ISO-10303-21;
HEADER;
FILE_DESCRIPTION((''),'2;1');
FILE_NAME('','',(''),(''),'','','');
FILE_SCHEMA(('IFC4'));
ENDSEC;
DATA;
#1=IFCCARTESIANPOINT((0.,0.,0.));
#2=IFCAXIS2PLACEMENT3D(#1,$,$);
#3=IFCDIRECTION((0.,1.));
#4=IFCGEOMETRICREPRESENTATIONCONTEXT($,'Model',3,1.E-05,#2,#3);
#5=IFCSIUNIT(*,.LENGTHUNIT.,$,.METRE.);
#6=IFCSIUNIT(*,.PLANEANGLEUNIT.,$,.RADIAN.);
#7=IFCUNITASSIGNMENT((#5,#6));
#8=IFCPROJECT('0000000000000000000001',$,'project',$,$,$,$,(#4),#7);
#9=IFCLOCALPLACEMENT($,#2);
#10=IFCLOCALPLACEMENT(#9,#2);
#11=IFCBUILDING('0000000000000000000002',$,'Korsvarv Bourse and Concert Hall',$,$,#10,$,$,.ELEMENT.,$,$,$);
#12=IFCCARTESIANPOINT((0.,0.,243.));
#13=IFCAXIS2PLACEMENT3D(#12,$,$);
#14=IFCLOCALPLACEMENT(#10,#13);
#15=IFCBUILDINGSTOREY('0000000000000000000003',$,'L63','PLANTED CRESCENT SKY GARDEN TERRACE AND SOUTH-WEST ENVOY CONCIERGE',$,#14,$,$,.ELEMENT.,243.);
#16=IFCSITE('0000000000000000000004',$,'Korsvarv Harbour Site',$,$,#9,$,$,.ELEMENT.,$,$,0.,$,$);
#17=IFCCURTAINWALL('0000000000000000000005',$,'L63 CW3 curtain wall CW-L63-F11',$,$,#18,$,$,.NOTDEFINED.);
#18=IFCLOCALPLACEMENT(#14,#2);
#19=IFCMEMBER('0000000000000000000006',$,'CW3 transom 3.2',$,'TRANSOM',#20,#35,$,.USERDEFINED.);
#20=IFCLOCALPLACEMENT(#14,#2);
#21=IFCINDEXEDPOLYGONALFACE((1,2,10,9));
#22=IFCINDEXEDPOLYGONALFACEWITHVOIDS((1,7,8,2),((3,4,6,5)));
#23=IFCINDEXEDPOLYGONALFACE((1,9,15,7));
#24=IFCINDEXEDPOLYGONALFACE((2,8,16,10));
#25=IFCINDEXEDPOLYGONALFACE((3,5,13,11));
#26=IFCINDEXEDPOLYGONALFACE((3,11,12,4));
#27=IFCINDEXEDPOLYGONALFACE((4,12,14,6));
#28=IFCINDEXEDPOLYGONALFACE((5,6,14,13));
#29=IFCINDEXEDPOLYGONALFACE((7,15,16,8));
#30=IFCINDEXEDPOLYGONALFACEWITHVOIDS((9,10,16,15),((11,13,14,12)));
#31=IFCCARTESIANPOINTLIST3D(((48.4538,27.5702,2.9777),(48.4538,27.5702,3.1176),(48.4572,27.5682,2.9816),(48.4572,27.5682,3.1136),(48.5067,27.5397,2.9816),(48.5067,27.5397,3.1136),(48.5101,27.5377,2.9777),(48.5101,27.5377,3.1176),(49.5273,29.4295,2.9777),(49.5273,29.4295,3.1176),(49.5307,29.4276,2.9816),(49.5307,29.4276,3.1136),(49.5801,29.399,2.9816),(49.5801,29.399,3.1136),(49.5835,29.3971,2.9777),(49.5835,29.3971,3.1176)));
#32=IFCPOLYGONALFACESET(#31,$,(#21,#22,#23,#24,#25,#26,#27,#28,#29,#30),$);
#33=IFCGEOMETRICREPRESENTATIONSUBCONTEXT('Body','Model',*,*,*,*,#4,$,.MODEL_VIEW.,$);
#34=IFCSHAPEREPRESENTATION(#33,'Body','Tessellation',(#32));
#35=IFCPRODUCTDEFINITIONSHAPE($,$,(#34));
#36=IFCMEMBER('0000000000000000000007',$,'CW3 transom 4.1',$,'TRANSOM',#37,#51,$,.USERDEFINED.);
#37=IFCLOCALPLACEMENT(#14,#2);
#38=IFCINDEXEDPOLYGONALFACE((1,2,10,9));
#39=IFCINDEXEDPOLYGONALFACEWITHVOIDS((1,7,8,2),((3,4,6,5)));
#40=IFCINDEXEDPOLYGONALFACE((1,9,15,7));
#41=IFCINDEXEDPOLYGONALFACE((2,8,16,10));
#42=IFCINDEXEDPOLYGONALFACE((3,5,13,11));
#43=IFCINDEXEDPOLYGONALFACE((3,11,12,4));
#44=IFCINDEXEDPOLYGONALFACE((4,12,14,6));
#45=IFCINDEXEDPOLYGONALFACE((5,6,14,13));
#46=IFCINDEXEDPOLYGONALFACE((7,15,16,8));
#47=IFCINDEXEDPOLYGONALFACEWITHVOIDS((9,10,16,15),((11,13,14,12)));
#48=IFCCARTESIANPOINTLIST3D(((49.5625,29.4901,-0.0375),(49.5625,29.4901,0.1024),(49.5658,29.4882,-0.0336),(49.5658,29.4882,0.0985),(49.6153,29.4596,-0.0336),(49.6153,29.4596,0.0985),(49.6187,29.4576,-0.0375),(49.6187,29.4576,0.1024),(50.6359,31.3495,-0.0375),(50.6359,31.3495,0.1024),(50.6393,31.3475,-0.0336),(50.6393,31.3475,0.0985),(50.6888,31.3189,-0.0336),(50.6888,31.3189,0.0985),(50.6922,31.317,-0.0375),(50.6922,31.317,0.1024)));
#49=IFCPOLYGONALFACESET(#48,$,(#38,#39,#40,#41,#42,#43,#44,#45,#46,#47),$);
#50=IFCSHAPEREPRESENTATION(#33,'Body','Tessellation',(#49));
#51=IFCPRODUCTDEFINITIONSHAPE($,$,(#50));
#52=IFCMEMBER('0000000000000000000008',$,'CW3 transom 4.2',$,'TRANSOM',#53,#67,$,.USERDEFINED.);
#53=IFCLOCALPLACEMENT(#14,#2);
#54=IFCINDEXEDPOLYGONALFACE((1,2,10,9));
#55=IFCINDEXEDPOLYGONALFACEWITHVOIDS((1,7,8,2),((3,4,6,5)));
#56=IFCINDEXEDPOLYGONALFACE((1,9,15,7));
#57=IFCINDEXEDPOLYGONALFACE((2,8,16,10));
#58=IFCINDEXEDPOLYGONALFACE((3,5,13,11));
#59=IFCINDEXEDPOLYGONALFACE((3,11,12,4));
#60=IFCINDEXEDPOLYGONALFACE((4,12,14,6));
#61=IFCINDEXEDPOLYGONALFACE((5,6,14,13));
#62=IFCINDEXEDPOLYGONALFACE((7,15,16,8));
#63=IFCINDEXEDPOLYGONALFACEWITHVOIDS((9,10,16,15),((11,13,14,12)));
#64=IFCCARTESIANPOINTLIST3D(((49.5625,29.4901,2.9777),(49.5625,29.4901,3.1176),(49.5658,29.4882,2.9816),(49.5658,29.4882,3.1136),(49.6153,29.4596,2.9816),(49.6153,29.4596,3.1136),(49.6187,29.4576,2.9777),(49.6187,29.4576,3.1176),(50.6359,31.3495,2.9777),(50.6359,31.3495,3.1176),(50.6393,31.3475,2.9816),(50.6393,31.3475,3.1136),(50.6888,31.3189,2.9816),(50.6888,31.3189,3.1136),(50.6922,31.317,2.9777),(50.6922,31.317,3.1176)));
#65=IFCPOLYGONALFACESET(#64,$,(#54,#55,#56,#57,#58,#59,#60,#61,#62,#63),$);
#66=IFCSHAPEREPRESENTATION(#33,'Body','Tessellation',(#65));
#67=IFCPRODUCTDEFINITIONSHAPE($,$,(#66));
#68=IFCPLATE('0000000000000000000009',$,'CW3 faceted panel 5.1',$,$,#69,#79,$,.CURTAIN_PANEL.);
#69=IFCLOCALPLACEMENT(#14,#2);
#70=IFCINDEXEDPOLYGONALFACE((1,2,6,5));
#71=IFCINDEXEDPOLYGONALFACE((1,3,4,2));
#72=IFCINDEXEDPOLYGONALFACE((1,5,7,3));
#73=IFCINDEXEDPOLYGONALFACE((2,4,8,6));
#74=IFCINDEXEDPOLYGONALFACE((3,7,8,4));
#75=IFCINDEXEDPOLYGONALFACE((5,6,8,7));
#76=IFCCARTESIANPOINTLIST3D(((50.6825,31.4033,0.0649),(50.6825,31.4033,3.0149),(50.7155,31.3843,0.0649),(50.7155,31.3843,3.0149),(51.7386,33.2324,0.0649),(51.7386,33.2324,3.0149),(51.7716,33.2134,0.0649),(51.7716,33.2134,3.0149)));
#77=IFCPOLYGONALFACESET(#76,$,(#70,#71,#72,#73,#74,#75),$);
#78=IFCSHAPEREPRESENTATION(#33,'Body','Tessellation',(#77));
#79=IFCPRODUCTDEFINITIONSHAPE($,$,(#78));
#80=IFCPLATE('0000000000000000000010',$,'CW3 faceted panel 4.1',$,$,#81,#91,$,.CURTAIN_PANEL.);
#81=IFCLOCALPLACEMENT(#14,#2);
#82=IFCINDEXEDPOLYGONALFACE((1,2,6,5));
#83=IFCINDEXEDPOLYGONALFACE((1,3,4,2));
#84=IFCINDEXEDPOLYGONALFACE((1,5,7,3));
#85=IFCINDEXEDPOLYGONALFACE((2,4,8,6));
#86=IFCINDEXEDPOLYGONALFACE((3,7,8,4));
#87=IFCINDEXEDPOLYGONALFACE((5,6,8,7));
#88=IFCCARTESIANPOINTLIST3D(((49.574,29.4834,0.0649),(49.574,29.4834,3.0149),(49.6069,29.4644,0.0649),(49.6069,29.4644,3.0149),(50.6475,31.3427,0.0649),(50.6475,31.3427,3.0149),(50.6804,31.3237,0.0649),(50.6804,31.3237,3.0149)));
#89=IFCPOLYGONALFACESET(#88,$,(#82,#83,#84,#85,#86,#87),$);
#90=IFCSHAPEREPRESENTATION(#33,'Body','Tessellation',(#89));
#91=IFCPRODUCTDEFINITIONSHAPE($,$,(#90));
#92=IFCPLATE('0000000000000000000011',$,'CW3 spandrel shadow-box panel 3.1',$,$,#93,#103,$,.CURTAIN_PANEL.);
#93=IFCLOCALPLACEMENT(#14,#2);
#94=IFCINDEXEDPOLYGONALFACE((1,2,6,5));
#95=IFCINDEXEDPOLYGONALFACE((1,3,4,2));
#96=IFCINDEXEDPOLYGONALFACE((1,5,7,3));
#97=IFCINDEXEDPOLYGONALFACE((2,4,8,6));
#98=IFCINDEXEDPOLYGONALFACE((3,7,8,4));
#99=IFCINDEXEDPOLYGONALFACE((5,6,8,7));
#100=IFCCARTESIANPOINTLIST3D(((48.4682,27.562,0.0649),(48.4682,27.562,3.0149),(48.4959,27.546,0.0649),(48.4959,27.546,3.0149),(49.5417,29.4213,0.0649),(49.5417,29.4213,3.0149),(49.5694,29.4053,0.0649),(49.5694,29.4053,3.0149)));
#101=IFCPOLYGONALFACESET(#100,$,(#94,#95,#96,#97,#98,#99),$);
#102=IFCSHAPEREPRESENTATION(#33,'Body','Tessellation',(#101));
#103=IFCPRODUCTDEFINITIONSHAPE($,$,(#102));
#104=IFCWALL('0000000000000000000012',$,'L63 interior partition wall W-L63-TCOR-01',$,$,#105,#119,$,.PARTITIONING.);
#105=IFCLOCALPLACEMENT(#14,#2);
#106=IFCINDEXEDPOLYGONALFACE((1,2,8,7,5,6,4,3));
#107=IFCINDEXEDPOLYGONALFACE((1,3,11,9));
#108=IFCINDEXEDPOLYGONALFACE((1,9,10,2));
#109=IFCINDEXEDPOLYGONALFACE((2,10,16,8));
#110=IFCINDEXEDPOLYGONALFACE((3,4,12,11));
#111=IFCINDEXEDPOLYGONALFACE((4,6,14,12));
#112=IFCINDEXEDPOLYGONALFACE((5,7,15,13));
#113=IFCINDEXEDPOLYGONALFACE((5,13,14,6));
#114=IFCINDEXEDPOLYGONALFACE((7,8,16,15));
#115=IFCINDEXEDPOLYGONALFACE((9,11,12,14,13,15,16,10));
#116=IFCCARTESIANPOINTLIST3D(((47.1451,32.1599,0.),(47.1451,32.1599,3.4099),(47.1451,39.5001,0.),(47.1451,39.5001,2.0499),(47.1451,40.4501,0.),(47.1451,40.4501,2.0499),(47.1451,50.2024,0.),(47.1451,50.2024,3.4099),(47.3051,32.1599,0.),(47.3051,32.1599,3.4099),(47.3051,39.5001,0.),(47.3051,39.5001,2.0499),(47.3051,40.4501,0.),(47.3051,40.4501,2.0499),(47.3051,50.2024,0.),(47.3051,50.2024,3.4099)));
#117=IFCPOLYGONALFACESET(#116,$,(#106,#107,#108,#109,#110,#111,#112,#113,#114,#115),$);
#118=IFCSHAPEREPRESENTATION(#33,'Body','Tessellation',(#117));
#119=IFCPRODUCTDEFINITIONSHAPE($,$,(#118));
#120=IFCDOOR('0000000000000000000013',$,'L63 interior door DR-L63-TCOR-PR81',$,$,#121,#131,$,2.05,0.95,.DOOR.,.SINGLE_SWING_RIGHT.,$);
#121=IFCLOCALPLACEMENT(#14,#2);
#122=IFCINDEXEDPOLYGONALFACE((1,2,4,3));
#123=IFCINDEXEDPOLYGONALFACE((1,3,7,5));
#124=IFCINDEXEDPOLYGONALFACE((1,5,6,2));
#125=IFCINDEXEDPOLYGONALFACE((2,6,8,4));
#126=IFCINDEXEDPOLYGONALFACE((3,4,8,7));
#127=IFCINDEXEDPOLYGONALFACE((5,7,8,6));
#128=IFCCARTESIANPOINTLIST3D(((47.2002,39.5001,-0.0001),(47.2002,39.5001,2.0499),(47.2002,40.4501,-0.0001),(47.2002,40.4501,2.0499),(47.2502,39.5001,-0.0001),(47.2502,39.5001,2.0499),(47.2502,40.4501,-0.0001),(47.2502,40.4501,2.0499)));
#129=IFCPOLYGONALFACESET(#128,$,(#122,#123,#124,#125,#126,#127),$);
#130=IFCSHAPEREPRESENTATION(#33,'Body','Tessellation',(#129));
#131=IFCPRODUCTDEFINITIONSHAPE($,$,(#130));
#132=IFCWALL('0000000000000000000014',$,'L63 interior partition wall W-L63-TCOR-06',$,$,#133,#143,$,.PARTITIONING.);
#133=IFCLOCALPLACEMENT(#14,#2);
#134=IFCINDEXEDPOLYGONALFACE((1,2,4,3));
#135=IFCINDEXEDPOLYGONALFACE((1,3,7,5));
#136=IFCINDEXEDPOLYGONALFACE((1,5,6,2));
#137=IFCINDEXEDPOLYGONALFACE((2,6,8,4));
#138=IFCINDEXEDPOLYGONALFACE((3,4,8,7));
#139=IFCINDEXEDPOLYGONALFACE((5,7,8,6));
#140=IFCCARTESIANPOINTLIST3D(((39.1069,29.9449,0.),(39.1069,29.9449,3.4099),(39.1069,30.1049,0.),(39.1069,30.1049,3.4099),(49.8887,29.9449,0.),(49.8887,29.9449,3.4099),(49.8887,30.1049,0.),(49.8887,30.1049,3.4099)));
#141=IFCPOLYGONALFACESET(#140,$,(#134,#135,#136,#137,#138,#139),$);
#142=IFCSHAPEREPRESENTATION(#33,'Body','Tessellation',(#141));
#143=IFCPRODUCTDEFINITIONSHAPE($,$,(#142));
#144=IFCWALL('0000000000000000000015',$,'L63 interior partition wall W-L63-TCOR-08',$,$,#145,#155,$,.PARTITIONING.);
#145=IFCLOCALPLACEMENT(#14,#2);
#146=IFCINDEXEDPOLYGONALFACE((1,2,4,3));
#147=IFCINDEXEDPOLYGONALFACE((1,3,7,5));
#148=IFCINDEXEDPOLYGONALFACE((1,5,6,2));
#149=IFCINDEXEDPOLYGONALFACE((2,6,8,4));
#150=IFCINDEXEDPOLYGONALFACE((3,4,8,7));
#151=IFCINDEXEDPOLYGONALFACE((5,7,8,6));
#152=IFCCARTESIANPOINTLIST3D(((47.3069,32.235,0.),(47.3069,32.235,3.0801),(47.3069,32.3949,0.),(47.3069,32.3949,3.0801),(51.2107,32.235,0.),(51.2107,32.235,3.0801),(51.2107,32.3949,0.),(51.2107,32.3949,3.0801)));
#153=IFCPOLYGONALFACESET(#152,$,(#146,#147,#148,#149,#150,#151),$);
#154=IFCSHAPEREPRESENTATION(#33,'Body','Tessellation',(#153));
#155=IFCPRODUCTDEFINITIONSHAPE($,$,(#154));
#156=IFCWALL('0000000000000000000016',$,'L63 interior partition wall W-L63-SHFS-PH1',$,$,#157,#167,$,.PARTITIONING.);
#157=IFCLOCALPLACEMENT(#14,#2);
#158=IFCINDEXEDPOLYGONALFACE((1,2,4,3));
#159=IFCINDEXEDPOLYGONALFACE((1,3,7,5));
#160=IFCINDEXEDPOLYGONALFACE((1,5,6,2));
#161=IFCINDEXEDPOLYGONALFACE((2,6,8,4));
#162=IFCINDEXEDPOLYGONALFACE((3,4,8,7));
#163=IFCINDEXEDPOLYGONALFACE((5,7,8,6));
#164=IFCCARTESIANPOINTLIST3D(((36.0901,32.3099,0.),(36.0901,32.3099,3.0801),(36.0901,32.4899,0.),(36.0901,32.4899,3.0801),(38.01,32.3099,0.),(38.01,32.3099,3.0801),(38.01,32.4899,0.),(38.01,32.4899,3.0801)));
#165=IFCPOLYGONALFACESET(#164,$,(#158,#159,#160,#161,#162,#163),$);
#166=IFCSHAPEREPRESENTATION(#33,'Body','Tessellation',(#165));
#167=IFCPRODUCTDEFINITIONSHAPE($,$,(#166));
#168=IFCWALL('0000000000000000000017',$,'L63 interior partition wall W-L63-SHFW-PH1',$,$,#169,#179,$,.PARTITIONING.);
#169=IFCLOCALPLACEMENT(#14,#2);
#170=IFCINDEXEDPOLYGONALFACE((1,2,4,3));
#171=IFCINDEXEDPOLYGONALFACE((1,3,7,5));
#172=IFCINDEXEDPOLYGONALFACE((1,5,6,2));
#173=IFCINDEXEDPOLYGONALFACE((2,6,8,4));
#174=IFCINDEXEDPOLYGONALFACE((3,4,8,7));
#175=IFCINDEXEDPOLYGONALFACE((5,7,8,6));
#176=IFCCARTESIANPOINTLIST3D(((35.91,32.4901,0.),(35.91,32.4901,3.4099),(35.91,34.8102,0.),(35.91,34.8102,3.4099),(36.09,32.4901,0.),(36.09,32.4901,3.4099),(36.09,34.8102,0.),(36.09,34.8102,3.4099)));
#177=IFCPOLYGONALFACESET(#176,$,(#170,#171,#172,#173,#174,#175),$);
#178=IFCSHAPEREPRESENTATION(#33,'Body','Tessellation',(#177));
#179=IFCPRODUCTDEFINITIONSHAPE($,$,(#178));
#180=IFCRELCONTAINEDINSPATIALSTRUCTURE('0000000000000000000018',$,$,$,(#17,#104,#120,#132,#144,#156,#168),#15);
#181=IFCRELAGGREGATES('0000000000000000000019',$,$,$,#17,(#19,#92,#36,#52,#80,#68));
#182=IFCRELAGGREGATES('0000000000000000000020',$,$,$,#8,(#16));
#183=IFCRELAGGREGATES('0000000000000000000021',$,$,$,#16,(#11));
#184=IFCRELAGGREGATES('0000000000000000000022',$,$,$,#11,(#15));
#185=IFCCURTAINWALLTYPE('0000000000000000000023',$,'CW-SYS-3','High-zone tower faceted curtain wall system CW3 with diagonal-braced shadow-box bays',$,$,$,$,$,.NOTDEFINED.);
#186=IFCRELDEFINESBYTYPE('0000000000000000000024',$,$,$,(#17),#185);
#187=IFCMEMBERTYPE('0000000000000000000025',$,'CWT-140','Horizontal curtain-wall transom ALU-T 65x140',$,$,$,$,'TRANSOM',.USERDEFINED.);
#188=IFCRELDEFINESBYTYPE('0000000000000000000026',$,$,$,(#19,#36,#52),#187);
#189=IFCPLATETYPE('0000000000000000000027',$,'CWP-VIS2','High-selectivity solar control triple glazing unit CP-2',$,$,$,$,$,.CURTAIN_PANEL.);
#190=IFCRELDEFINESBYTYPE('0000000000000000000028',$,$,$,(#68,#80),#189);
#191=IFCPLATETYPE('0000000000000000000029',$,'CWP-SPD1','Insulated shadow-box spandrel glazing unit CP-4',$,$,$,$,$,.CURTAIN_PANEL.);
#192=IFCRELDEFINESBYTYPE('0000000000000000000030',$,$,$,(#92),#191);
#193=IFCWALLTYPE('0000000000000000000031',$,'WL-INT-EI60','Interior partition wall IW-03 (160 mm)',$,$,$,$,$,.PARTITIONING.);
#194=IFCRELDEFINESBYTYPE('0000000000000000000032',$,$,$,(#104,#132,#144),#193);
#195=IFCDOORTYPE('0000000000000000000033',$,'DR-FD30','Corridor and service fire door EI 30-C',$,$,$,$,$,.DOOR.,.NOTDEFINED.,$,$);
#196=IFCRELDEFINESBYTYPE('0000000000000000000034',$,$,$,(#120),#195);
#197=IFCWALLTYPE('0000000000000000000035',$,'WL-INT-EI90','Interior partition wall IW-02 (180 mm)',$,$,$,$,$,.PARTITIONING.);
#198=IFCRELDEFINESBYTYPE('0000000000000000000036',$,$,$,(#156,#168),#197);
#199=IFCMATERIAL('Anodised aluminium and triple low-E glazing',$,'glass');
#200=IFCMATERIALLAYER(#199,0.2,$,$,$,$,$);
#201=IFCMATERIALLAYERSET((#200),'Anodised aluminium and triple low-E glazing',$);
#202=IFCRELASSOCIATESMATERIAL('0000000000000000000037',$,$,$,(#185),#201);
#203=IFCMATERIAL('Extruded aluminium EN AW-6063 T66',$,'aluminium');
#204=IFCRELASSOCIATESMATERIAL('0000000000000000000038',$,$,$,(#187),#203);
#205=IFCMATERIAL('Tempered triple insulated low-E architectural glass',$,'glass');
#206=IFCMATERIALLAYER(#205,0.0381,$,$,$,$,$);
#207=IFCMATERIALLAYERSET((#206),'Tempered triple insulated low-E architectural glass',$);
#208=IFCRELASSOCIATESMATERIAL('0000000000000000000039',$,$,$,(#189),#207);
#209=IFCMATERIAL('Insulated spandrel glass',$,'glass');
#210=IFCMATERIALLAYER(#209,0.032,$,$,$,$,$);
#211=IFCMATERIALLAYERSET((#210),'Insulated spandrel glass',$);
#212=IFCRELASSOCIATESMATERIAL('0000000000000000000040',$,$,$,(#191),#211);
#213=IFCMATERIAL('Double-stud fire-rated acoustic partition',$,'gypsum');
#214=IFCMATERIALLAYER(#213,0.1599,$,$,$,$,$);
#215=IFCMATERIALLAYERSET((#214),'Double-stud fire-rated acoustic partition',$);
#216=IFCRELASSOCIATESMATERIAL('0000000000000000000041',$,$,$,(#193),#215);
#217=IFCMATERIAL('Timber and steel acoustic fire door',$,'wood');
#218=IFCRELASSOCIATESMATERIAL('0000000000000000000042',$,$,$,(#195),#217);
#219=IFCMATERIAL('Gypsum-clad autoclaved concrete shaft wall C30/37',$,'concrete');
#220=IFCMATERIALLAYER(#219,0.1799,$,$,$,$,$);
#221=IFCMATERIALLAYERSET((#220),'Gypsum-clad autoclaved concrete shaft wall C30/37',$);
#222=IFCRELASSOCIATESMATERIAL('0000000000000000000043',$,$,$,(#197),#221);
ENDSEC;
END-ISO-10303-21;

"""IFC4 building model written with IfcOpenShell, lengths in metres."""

from ifc_helpers import new_model, si_unit, direction, frame, frame_2d, origin, origin_2d, place, context, subcontext, project, spatial, rectangle, hollow_rectangle, extrude, source, transform, mapped, material, layer, layer_set, material_profile, profile_set, type_object, element, fill, aggregate, save


model = new_model("IFC4")

# Units and contexts
model_context = context("Model", 3, precision=1e-05, world=origin(), true_north=direction((0.0, 1.0)))
body_context = subcontext(model_context, "Body", "Model", "MODEL_VIEW")
ifc_project = project(units=[si_unit("LENGTHUNIT", "METRE"), si_unit("PLANEANGLEUNIT", "RADIAN")], contexts=[model_context])

# Site, building, storey
site_placement = place(None, origin())
site = spatial("IfcSite", under=ifc_project, at=site_placement, Name="Korsvarv Harbour Site", CompositionType="ELEMENT", RefElevation=0.0)
building_placement = place(site_placement, origin())
building = spatial("IfcBuilding", under=site, at=building_placement, Name="Korsvarv Bourse and Concert Hall", CompositionType="ELEMENT")
storey_placement = place(building_placement, frame((0.0, 0.0, 243.0)))
storey = spatial("IfcBuildingStorey", under=building, at=storey_placement, Name="L63", Description="PLANTED CRESCENT SKY GARDEN TERRACE AND SOUTH-WEST ENVOY CONCIERGE", CompositionType="ELEMENT", Elevation=243.0)

# Curtain wall, members, plates
ifc_material_1 = material(Name="Anodised aluminium and triple low-E glazing", Category="glass")
ifc_layer_1 = layer(ifc_material_1, 0.2)
ifc_layer_set_1 = layer_set([ifc_layer_1], Name="Anodised aluminium and triple low-E glazing")
curtain_wall_type = type_object("IfcCurtainWallType", Name="CW-SYS-3", Description="High-zone tower faceted curtain wall system CW3 with diagonal-braced shadow-box bays", PredefinedType="NOTDEFINED", material=ifc_layer_set_1)
curtain_wall_placement = place(storey_placement, origin())
curtain_wall = element("IfcCurtainWall", 1, at=curtain_wall_placement, inside=storey, type_object=curtain_wall_type, Name="L63 CW3 curtain wall CW-L63-F11", PredefinedType="NOTDEFINED")
ifc_material_2 = material(Name="Extruded aluminium EN AW-6063 T66", Category="aluminium")
ifc_material_profile_1 = material_profile(ifc_material_2, hollow_rectangle(XDim=0.0649, YDim=0.1399, WallThickness=0.0039, at=origin_2d()), Name="ALU-T 65x140")
ifc_profile_set_1 = profile_set([ifc_material_profile_1], Name="Extruded aluminium EN AW-6063 T66")
member_type_1 = type_object("IfcMemberType", Name="CWT-140", Description="Horizontal curtain-wall transom ALU-T 65x140", ElementType="TRANSOM", PredefinedType="USERDEFINED", material=ifc_profile_set_1)
shared_shape_1 = source(origin(), body_context, "Body", "SweptSolid", [
    extrude(hollow_rectangle(XDim=0.0649, YDim=0.1399, WallThickness=0.0039, at=origin_2d()), origin(), (0.0, 0.0, 1.0), 2.147),
])
member_1_placement = place(storey_placement, frame((48.4819, 27.554, 3.0476), z_axis=(0.499992, 0.86603, 0.0), x_axis=(-0.86603, 0.499992, 0.0)))
member_1 = element("IfcMember", 2, at=member_1_placement, type_object=member_type_1, Name="CW3 transom 3.2", ObjectType="TRANSOM", PredefinedType="USERDEFINED", context=body_context, shape_type="MappedRepresentation", body=[
    mapped(shared_shape_1, transform((0.0, 0.0, 0.0), scale=1.0)),
])
member_2_placement = place(storey_placement, frame((49.5906, 29.4739, 0.0325), z_axis=(0.499992, 0.86603, 0.0), x_axis=(-0.86603, 0.499992, 0.0)))
member_2 = element("IfcMember", 3, at=member_2_placement, type_object=member_type_1, Name="CW3 transom 4.1", ObjectType="TRANSOM", PredefinedType="USERDEFINED", context=body_context, shape_type="MappedRepresentation", body=[
    mapped(shared_shape_1, transform((0.0, 0.0, 0.0), scale=1.0)),
])
member_3_placement = place(storey_placement, frame((49.5906, 29.4739, 3.0476), z_axis=(0.499992, 0.86603, 0.0), x_axis=(-0.86603, 0.499992, 0.0)))
member_3 = element("IfcMember", 4, at=member_3_placement, type_object=member_type_1, Name="CW3 transom 4.2", ObjectType="TRANSOM", PredefinedType="USERDEFINED", context=body_context, shape_type="MappedRepresentation", body=[
    mapped(shared_shape_1, transform((0.0, 0.0, 0.0), scale=1.0)),
])
ifc_material_3 = material(Name="Tempered triple insulated low-E architectural glass", Category="glass")
ifc_layer_2 = layer(ifc_material_3, 0.0381)
ifc_layer_set_2 = layer_set([ifc_layer_2], Name="Tempered triple insulated low-E architectural glass")
plate_type_1 = type_object("IfcPlateType", Name="CWP-VIS2", Description="High-selectivity solar control triple glazing unit CP-2", PredefinedType="CURTAIN_PANEL", material=ifc_layer_set_2)
shared_shape_2 = source(origin(), body_context, "Body", "SweptSolid", [
    extrude(rectangle(XDim=2.1121, YDim=0.0381, at=origin_2d()), origin(), (0.0, 0.0, 1.0), 2.95),
])
plate_1_placement = place(storey_placement, frame((51.2271, 32.3083, 0.0649), z_axis=(0.0, 0.0, 1.0), x_axis=(0.500006, 0.866022, 0.0)))
plate_1 = element("IfcPlate", 5, at=plate_1_placement, type_object=plate_type_1, Name="CW3 faceted panel 5.1", PredefinedType="CURTAIN_PANEL", context=body_context, shape_type="MappedRepresentation", body=[
    mapped(shared_shape_2, transform((0.0, 0.0, 0.0), scale=1.0)),
])
shared_shape_3 = source(origin(), body_context, "Body", "SweptSolid", [
    extrude(rectangle(XDim=2.147, YDim=0.0381, at=origin_2d()), origin(), (0.0, 0.0, 1.0), 2.95),
])
plate_2_placement = place(storey_placement, frame((50.1272, 30.4036, 0.0649), z_axis=(0.0, 0.0, 1.0), x_axis=(0.500006, 0.866022, 0.0)))
plate_2 = element("IfcPlate", 6, at=plate_2_placement, type_object=plate_type_1, Name="CW3 faceted panel 4.1", PredefinedType="CURTAIN_PANEL", context=body_context, shape_type="MappedRepresentation", body=[
    mapped(shared_shape_3, transform((0.0, 0.0, 0.0), scale=1.0)),
])
ifc_material_4 = material(Name="Insulated spandrel glass", Category="glass")
ifc_layer_3 = layer(ifc_material_4, 0.032)
ifc_layer_set_3 = layer_set([ifc_layer_3], Name="Insulated spandrel glass")
plate_type_2 = type_object("IfcPlateType", Name="CWP-SPD1", Description="Insulated shadow-box spandrel glazing unit CP-4", PredefinedType="CURTAIN_PANEL", material=ifc_layer_set_3)
shared_shape_4 = source(origin(), body_context, "Body", "SweptSolid", [
    extrude(rectangle(XDim=2.147, YDim=0.032, at=origin_2d()), origin(), (0.0, 0.0, 1.0), 2.95),
])
plate_3_placement = place(storey_placement, frame((49.0188, 28.4836, 0.0649), z_axis=(0.0, 0.0, 1.0), x_axis=(0.500006, 0.866022, 0.0)))
plate_3 = element("IfcPlate", 7, at=plate_3_placement, type_object=plate_type_2, Name="CW3 spandrel shadow-box panel 3.1", PredefinedType="CURTAIN_PANEL", context=body_context, shape_type="MappedRepresentation", body=[
    mapped(shared_shape_4, transform((0.0, 0.0, 0.0), scale=1.0)),
])
aggregate(curtain_wall, [member_1, plate_3, member_2, member_3, plate_2, plate_1])

# Wall, opening, door
ifc_material_5 = material(Name="Double-stud fire-rated acoustic partition", Category="gypsum")
ifc_layer_4 = layer(ifc_material_5, 0.1599)
ifc_layer_set_4 = layer_set([ifc_layer_4], Name="Double-stud fire-rated acoustic partition")
wall_type_1 = type_object("IfcWallType", Name="WL-INT-EI60", Description="Interior partition wall IW-03 (160 mm)", PredefinedType="PARTITIONING", material=ifc_layer_set_4)
wall_1_placement = place(storey_placement, frame((47.2251, 32.1599, 0.0), z_axis=(0.0, 0.0, 1.0), x_axis=(0.0, 1.0, 0.0)))
wall_1 = element("IfcWall", 8, at=wall_1_placement, inside=storey, type_object=wall_type_1, Name="L63 interior partition wall W-L63-TCOR-01", PredefinedType="PARTITIONING", context=body_context, shape_type="SweptSolid", body=[
    extrude(rectangle(XDim=18.0425, YDim=0.1599, at=frame_2d((9.0212, 0.0))), origin(), (0.0, 0.0, 1.0), 3.4099),
])
opening_placement = place(wall_1_placement, frame((7.3401, 0.0, 0.0)))
opening = element("IfcOpeningElement", 9, at=opening_placement, cuts=wall_1, PredefinedType="OPENING", context=body_context, shape_type="SweptSolid", body=[
    extrude(rectangle(XDim=0.95, YDim=2.05, at=frame_2d((0.4751, 1.0249))), frame((0.0, 0.0898, 0.0), z_axis=(0.0, -1.0, 0.0), x_axis=(1.0, 0.0, 0.0)), (0.0, 0.0, 1.0), 0.1799),
])
ifc_material_6 = material(Name="Timber and steel acoustic fire door", Category="wood")
door_type = type_object("IfcDoorType", Name="DR-FD30", Description="Corridor and service fire door EI 30-C", OperationType="NOTDEFINED", PredefinedType="DOOR", material=ifc_material_6)
door_placement = place(opening_placement, origin())
door = element("IfcDoor", 10, at=door_placement, inside=storey, type_object=door_type, Name="L63 interior door DR-L63-TCOR-PR81", OperationType="SINGLE_SWING_RIGHT", OverallHeight=2.05, OverallWidth=0.95, PredefinedType="DOOR", context=body_context, shape_type="SweptSolid", body=[
    extrude(rectangle(XDim=0.95, YDim=2.05, at=frame_2d((0.4751, 1.0249))), frame((0.0, 0.0249, 0.0), z_axis=(0.0, -1.0, 0.0), x_axis=(1.0, 0.0, 0.0)), (0.0, 0.0, 1.0), 0.05),
])
fill(opening, door)

# Walls
wall_2_placement = place(storey_placement, frame((39.1069, 30.0249, 0.0), z_axis=(0.0, 0.0, 1.0), x_axis=(1.0, 0.0, 0.0)))
element("IfcWall", 11, at=wall_2_placement, inside=storey, type_object=wall_type_1, Name="L63 interior partition wall W-L63-TCOR-06", PredefinedType="PARTITIONING", context=body_context, shape_type="SweptSolid", body=[
    extrude(rectangle(XDim=10.7817, YDim=0.1599, at=frame_2d((5.3909, 0.0))), origin(), (0.0, 0.0, 1.0), 3.4099),
])
wall_3_placement = place(storey_placement, frame((47.3069, 32.3149, 0.0), z_axis=(0.0, 0.0, 1.0), x_axis=(1.0, 0.0, 0.0)))
element("IfcWall", 12, at=wall_3_placement, inside=storey, type_object=wall_type_1, Name="L63 interior partition wall W-L63-TCOR-08", PredefinedType="PARTITIONING", context=body_context, shape_type="SweptSolid", body=[
    extrude(rectangle(XDim=3.9038, YDim=0.1599, at=frame_2d((1.9519, 0.0))), origin(), (0.0, 0.0, 1.0), 3.0801),
])
ifc_material_7 = material(Name="Gypsum-clad autoclaved concrete shaft wall C30/37", Category="concrete")
ifc_layer_5 = layer(ifc_material_7, 0.1799)
ifc_layer_set_5 = layer_set([ifc_layer_5], Name="Gypsum-clad autoclaved concrete shaft wall C30/37")
wall_type_2 = type_object("IfcWallType", Name="WL-INT-EI90", Description="Interior partition wall IW-02 (180 mm)", PredefinedType="PARTITIONING", material=ifc_layer_set_5)
wall_4_placement = place(storey_placement, frame((36.0901, 32.3999, 0.0), z_axis=(0.0, 0.0, 1.0), x_axis=(1.0, 0.0, 0.0)))
element("IfcWall", 13, at=wall_4_placement, inside=storey, type_object=wall_type_2, Name="L63 interior partition wall W-L63-SHFS-PH1", PredefinedType="PARTITIONING", context=body_context, shape_type="SweptSolid", body=[
    extrude(rectangle(XDim=1.9199, YDim=0.1799, at=frame_2d((0.96, 0.0))), origin(), (0.0, 0.0, 1.0), 3.0801),
])
wall_5_placement = place(storey_placement, frame((36.0, 32.49, 0.0), z_axis=(0.0, 0.0, 1.0), x_axis=(0.0, 1.0, 0.0)))
element("IfcWall", 14, at=wall_5_placement, inside=storey, type_object=wall_type_2, Name="L63 interior partition wall W-L63-SHFW-PH1", PredefinedType="PARTITIONING", context=body_context, shape_type="SweptSolid", body=[
    extrude(rectangle(XDim=2.3201, YDim=0.1799, at=frame_2d((1.1602, 0.0))), origin(), (0.0, 0.0, 1.0), 3.4099),
])

save(model, "model.ifc")
